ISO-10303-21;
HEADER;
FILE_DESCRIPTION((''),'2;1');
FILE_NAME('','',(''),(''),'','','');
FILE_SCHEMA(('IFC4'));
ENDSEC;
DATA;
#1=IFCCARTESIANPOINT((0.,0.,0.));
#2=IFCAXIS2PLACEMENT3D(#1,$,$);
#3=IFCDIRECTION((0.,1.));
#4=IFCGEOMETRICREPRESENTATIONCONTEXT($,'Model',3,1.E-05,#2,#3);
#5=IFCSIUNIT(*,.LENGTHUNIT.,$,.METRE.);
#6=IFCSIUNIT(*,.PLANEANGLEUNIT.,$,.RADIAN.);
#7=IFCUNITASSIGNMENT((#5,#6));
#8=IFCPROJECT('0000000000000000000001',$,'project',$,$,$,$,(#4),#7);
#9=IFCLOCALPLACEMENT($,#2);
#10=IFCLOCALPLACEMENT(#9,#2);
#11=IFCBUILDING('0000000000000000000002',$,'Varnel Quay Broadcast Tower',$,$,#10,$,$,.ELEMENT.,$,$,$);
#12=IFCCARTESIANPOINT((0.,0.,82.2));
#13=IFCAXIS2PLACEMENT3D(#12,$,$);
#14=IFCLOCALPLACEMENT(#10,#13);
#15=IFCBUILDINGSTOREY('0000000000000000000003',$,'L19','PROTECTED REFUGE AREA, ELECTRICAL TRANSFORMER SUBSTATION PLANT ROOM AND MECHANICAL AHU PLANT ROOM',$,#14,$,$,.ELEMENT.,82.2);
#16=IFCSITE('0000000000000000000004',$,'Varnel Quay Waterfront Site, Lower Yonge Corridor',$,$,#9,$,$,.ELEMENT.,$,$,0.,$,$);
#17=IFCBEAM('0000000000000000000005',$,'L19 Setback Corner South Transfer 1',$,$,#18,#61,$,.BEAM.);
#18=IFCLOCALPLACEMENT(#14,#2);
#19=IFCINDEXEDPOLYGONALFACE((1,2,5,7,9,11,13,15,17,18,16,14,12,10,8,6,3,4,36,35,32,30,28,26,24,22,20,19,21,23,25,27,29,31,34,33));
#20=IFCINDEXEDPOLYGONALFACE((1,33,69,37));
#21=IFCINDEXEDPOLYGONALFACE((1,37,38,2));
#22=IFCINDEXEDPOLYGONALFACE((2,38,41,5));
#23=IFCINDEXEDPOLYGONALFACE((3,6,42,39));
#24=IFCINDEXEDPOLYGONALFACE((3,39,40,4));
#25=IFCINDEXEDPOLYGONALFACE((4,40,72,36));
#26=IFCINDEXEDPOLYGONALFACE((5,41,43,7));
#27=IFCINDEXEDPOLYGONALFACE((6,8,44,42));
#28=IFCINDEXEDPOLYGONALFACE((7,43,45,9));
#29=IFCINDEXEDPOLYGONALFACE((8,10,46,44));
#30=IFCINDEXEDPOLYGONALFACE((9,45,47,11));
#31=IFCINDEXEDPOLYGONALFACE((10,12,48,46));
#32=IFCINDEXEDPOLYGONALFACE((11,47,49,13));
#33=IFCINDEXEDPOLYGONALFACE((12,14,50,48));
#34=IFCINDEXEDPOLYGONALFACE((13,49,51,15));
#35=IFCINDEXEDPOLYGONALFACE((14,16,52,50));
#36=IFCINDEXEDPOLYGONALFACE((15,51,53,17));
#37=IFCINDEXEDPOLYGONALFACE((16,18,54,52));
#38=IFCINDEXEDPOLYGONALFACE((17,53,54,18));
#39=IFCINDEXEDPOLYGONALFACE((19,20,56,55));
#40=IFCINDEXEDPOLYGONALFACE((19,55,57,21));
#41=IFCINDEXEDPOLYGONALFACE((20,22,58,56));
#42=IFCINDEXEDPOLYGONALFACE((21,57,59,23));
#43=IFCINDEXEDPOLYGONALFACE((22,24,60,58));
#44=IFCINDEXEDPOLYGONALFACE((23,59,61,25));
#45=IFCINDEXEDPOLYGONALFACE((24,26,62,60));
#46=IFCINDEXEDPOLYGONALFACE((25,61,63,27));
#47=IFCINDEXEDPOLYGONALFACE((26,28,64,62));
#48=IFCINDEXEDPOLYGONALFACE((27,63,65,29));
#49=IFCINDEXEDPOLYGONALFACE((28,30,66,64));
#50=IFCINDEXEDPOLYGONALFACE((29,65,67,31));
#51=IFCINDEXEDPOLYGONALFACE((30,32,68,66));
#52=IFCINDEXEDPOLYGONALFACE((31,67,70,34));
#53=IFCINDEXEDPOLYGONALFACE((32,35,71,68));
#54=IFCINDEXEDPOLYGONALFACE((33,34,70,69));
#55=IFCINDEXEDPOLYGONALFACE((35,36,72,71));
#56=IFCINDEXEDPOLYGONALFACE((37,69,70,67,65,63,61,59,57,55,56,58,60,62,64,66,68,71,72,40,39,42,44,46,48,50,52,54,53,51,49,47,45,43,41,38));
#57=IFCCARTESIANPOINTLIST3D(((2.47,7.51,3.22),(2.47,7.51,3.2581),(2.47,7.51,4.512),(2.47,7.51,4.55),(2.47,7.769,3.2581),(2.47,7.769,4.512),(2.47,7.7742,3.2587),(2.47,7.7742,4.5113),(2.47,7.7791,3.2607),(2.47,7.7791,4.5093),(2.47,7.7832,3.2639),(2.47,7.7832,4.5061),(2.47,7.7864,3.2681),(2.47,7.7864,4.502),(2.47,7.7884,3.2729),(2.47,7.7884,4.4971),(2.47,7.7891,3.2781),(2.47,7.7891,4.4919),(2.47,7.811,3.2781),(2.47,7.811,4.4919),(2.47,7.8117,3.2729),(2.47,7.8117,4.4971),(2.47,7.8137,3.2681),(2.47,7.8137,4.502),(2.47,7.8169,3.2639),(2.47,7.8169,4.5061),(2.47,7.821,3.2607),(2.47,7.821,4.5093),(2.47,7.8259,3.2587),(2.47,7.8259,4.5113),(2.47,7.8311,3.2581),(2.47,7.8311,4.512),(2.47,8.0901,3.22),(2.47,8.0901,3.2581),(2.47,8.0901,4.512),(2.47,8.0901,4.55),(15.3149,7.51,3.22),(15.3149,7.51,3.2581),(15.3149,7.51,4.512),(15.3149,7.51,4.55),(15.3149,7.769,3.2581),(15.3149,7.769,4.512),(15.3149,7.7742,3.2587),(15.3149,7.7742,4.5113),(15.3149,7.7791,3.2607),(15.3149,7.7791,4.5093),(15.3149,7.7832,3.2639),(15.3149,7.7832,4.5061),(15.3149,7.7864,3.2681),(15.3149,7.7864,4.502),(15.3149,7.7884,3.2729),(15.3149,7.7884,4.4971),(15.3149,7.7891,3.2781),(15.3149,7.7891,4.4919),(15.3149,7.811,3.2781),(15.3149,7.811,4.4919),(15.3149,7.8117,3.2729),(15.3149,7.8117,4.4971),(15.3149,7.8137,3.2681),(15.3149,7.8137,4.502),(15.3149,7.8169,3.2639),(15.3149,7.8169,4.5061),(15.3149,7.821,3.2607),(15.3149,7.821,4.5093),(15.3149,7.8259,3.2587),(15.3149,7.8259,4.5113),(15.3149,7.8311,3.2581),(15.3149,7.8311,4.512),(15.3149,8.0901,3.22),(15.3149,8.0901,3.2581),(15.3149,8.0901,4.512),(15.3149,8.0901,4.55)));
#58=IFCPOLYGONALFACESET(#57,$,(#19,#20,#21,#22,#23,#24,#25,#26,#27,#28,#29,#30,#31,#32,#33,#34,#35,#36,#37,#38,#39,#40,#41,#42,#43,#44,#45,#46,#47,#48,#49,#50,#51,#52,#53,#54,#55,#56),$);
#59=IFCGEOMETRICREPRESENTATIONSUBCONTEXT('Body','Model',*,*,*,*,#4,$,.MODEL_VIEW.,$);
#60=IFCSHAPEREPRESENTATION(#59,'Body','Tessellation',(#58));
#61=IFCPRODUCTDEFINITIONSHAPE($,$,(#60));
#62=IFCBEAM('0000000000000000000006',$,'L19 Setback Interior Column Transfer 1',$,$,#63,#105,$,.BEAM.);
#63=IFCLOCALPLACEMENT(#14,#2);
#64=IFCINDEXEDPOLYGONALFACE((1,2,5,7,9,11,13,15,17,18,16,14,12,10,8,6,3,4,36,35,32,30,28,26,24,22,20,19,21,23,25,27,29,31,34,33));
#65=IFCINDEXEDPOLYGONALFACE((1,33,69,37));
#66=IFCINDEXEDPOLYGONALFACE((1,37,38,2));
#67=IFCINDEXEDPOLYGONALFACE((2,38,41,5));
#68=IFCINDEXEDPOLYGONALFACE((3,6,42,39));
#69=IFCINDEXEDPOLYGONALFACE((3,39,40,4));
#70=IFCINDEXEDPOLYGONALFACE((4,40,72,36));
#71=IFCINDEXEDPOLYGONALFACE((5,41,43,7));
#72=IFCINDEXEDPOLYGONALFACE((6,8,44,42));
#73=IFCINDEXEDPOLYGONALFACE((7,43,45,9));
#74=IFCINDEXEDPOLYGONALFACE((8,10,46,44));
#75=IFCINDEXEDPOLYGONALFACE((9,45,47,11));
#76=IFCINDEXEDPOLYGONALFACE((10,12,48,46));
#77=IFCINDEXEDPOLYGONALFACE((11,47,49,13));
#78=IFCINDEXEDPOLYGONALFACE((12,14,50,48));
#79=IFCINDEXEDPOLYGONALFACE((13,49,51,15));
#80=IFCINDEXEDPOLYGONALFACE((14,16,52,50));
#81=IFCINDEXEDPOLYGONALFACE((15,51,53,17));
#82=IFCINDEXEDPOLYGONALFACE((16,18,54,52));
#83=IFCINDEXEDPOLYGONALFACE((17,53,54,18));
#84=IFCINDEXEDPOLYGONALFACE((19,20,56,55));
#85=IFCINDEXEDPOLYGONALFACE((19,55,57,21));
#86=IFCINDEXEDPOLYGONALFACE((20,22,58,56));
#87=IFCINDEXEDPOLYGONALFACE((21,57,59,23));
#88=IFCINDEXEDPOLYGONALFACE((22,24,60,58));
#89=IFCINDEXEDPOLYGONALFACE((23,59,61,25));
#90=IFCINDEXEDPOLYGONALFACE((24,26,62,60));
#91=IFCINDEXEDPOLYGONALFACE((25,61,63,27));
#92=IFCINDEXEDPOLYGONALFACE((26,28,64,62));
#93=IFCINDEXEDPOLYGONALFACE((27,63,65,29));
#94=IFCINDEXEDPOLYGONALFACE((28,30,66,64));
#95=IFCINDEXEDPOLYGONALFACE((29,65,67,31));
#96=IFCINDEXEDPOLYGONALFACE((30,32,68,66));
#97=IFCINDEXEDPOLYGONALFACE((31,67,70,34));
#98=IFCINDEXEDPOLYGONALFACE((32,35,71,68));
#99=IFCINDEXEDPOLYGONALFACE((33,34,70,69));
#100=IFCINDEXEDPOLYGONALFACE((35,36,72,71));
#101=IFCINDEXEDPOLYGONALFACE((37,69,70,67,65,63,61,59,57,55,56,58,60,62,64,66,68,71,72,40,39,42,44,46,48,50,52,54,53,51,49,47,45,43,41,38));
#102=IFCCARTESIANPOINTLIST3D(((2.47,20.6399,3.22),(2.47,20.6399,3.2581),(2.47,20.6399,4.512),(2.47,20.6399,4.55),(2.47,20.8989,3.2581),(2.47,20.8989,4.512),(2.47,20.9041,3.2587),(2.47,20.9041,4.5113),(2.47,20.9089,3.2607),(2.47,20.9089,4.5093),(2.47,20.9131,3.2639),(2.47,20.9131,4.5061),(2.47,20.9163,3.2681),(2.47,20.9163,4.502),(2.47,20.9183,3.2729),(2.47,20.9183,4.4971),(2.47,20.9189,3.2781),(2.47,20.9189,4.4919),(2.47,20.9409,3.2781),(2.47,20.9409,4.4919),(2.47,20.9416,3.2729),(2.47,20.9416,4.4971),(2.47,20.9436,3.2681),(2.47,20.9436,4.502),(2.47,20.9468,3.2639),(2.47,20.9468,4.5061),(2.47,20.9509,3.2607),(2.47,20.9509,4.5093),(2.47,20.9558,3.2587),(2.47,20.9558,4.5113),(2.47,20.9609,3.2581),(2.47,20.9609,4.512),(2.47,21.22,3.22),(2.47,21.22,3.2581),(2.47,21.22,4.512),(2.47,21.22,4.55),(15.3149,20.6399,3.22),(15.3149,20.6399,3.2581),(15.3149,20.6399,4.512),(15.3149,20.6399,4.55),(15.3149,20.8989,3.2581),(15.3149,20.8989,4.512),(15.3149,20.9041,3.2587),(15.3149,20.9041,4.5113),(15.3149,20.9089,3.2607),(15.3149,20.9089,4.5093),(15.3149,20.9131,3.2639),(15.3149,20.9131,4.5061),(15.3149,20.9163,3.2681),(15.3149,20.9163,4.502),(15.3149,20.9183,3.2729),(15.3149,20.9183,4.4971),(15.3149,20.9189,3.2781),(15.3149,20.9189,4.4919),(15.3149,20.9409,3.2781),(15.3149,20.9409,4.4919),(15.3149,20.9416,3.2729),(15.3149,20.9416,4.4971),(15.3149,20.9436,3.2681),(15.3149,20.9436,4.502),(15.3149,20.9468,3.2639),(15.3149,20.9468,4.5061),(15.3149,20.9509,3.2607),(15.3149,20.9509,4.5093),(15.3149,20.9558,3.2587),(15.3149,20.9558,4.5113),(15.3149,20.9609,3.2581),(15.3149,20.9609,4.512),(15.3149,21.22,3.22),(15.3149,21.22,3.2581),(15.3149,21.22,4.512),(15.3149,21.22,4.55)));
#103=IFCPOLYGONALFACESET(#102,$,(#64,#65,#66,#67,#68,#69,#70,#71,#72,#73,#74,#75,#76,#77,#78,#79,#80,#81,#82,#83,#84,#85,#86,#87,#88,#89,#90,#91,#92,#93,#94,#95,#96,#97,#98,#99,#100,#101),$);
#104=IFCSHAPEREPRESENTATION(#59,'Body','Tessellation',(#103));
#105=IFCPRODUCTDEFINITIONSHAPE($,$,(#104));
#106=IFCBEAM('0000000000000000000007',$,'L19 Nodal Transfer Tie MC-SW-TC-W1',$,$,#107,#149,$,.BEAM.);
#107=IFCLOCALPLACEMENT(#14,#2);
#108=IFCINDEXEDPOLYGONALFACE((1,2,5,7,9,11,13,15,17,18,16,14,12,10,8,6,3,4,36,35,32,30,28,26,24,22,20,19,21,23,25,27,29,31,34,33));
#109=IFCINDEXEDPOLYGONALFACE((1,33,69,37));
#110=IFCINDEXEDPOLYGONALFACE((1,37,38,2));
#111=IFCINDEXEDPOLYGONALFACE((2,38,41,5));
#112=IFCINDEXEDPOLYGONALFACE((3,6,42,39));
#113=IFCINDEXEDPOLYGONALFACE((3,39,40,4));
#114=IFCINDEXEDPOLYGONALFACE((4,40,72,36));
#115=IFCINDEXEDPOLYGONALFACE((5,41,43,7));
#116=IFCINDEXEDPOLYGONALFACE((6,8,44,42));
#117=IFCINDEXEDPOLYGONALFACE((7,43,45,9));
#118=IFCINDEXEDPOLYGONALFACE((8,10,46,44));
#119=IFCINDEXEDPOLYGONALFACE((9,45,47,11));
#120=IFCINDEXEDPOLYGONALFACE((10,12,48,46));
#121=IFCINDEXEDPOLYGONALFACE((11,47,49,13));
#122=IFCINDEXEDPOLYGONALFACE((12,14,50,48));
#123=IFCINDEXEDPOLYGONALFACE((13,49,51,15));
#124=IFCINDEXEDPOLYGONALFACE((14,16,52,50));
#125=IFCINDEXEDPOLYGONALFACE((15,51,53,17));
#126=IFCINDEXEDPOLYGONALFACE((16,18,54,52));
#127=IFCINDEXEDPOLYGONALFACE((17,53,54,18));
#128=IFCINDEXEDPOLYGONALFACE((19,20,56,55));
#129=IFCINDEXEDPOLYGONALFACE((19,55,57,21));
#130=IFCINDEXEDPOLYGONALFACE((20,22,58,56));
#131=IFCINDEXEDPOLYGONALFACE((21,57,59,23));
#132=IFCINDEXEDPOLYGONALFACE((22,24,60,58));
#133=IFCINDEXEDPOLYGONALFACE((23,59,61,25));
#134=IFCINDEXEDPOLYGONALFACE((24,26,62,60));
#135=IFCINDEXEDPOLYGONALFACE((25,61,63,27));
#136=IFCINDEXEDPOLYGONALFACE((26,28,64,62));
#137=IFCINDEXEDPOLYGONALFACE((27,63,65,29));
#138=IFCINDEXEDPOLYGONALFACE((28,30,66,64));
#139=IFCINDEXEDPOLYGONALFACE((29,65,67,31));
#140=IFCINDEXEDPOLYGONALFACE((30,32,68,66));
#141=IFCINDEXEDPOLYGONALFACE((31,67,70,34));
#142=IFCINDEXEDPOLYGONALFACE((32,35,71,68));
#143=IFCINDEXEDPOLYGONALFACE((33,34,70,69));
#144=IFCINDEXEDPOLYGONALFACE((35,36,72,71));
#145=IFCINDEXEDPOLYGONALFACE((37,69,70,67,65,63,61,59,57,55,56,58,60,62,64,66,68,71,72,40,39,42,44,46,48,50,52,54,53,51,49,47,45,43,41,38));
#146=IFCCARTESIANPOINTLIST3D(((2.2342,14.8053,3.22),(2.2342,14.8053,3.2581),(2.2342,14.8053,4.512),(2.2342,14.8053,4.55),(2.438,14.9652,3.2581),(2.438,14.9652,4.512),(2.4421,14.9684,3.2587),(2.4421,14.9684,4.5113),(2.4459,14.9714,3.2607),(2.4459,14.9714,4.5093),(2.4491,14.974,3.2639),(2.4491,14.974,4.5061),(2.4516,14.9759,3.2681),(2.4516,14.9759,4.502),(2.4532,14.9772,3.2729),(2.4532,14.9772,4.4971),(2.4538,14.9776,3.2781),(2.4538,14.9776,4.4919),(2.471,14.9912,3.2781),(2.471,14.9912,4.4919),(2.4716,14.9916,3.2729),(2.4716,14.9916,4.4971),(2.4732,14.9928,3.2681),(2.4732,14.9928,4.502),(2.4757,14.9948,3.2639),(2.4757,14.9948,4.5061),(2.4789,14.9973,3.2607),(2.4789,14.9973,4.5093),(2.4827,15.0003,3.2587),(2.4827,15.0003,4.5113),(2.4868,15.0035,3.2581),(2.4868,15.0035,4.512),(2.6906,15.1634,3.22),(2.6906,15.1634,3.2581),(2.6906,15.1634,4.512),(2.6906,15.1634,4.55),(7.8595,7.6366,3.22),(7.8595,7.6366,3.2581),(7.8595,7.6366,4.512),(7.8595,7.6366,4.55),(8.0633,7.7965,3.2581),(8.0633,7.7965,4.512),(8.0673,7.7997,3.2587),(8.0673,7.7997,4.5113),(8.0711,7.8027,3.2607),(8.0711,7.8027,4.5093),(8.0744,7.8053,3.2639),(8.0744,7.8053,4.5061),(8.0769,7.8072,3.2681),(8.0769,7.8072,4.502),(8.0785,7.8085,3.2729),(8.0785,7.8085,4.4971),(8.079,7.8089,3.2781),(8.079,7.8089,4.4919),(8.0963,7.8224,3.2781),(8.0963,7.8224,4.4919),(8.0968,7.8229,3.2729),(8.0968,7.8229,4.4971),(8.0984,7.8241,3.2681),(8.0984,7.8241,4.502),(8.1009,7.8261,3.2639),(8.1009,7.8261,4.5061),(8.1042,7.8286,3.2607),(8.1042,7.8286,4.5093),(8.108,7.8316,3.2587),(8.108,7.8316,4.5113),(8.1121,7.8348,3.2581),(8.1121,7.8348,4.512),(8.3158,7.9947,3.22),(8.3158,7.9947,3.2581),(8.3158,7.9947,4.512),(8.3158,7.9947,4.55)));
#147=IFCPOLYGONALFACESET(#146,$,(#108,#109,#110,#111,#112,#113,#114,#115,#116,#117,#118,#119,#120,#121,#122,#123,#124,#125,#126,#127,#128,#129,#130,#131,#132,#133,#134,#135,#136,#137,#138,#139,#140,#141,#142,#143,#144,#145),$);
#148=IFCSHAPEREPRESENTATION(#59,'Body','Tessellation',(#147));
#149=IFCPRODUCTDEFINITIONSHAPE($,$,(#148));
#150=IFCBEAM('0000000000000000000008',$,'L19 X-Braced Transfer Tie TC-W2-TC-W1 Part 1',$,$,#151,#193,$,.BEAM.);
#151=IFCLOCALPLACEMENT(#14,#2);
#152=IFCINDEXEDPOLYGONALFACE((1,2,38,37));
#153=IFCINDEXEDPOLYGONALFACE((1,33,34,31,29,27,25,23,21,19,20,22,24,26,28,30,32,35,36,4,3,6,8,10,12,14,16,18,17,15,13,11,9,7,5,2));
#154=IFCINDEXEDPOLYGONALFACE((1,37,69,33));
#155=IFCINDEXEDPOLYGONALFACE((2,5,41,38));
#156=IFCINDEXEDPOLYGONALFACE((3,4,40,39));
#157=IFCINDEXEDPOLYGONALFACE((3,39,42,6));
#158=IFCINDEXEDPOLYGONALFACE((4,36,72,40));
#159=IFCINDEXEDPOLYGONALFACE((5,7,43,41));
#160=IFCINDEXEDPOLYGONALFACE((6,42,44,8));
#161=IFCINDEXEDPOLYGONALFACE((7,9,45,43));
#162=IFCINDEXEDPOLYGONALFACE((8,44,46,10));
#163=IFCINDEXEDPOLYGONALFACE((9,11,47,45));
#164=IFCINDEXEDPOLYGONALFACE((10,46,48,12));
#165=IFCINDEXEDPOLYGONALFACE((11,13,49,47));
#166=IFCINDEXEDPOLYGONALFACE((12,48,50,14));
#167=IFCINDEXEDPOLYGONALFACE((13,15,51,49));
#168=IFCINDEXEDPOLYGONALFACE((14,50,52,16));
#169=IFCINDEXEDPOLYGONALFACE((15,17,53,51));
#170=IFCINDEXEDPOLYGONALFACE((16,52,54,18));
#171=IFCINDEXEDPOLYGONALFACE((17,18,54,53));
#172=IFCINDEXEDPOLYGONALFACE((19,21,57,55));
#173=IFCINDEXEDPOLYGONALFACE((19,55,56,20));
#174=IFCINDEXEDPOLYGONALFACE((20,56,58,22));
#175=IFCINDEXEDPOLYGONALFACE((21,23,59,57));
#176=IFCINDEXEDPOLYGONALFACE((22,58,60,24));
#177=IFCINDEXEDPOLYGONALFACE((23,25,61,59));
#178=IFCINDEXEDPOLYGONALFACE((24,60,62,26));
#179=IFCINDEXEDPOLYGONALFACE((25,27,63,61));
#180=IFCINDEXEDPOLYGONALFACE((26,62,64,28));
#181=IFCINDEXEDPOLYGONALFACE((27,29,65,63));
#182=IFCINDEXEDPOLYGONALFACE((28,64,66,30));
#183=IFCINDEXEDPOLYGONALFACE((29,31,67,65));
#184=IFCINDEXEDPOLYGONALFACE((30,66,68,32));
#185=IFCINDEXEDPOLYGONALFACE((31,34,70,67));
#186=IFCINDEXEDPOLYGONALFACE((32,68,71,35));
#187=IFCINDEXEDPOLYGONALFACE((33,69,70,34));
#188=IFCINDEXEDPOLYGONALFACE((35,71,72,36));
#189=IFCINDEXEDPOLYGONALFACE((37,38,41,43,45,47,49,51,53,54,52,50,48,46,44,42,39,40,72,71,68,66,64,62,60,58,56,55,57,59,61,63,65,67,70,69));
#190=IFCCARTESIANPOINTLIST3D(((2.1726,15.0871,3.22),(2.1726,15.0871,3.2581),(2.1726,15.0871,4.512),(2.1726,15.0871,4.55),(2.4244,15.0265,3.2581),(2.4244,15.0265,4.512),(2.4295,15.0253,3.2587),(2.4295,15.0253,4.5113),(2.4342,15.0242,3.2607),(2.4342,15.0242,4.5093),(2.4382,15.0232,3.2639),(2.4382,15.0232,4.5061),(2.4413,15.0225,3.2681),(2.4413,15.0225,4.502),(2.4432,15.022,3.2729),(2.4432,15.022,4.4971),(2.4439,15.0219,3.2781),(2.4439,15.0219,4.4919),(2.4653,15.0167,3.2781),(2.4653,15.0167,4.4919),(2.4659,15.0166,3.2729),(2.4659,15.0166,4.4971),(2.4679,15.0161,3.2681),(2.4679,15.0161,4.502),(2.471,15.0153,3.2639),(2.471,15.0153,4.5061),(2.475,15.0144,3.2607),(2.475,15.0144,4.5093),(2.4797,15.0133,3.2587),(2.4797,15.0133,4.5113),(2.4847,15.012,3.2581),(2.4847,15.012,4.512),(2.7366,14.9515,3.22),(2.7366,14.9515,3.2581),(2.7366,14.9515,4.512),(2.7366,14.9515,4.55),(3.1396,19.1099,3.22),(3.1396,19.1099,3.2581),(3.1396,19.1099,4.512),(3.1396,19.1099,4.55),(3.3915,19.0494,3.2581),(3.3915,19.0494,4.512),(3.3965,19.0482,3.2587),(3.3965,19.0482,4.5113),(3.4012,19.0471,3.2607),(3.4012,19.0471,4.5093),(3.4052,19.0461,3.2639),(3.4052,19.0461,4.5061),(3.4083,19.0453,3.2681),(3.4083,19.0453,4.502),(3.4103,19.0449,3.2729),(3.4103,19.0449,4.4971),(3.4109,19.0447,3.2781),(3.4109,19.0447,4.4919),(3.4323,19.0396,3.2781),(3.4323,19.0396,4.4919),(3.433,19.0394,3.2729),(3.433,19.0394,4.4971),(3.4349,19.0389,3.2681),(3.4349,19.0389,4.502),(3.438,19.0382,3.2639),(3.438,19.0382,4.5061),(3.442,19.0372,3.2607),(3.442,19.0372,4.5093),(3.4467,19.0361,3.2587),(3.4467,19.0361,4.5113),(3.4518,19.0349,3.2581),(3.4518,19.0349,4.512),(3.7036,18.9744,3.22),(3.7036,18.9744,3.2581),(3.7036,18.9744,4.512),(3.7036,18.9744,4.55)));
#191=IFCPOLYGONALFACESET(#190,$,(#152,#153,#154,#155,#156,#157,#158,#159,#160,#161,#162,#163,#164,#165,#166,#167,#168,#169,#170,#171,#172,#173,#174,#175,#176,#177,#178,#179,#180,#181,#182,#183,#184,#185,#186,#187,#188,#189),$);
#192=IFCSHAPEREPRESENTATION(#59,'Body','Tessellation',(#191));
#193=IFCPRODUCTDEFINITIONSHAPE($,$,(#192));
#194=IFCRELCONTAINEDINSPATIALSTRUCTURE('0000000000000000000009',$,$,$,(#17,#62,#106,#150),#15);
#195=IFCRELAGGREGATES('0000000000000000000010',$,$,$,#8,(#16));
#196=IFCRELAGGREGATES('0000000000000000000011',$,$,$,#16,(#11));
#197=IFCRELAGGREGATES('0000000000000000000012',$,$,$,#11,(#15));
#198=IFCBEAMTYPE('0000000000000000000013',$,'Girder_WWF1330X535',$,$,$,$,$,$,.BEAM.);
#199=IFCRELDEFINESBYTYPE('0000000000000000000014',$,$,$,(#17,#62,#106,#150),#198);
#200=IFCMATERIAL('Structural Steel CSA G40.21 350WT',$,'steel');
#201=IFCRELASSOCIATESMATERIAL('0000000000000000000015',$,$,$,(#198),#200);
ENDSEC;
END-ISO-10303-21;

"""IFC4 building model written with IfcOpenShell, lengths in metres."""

from ifc_helpers import new_model, si_unit, direction, frame, origin, origin_2d, place, context, subcontext, project, spatial, i_section, extrude, source, transform, mapped, material, material_profile, profile_set, type_object, element, save


model = new_model("IFC4")

# Units and contexts
model_context = context("Model", 3, precision=1e-05, world=origin(), true_north=direction((0.0, 1.0)))
body_context = subcontext(model_context, "Body", "Model", "MODEL_VIEW")
ifc_project = project(units=[si_unit("LENGTHUNIT", "METRE"), si_unit("PLANEANGLEUNIT", "RADIAN")], contexts=[model_context])

# Site, building, storey
site_placement = place(None, origin())
site = spatial("IfcSite", under=ifc_project, at=site_placement, Name="Varnel Quay Waterfront Site, Lower Yonge Corridor", CompositionType="ELEMENT", RefElevation=0.0)
building_placement = place(site_placement, origin())
building = spatial("IfcBuilding", under=site, at=building_placement, Name="Varnel Quay Broadcast Tower", CompositionType="ELEMENT")
storey_placement = place(building_placement, frame((0.0, 0.0, 82.2)))
storey = spatial("IfcBuildingStorey", under=building, at=storey_placement, Name="L19", Description="PROTECTED REFUGE AREA, ELECTRICAL TRANSFORMER SUBSTATION PLANT ROOM AND MECHANICAL AHU PLANT ROOM", CompositionType="ELEMENT", Elevation=82.2)

# Beams
ifc_material_1 = material(Name="Structural Steel CSA G40.21 350WT", Category="steel")
ifc_material_profile_1 = material_profile(ifc_material_1, i_section(OverallWidth=0.5801, OverallDepth=1.3301, WebThickness=0.022, FlangeThickness=0.0381, FilletRadius=0.02, at=origin_2d()), Name="WWF1330X535")
ifc_profile_set_1 = profile_set([ifc_material_profile_1], Name="Structural Steel CSA G40.21 350WT")
beam_type_1 = type_object("IfcBeamType", Name="Girder_WWF1330X535", PredefinedType="BEAM", material=ifc_profile_set_1)
shared_shape_1 = source(origin(), body_context, "Body", "SweptSolid", [
    extrude(i_section(OverallWidth=0.5801, OverallDepth=1.3301, WebThickness=0.022, FlangeThickness=0.0381, FilletRadius=0.02, at=origin_2d()), origin(), (0.0, 0.0, 1.0), 12.845),
])
for number, where, z_axis, x_axis, name in (
    (1, (2.47, 7.8, 3.885), (1.0, 0.0, 0.0), (0.0, 1.0, 0.0), "L19 Setback Corner South Transfer 1"),
    (2, (2.47, 20.9299, 3.885), (1.0, 0.0, 0.0), (0.0, 1.0, 0.0), "L19 Setback Interior Column Transfer 1"),
):
    element("IfcBeam", number, at=place(storey_placement, frame(where, z_axis=z_axis, x_axis=x_axis)), inside=storey, type_object=beam_type_1, Name=name, PredefinedType="BEAM", context=body_context, shape_type="MappedRepresentation", body=[
        mapped(shared_shape_1, transform((0.0, 0.0, 0.0), x_axis=(1.0, 0.0, 0.0), y_axis=(0.0, 1.0, 0.0), z_axis=(0.0, 0.0, 1.0), scale=1.0)),
    ])
shared_shape_2 = source(origin(), body_context, "Body", "SweptSolid", [
    extrude(i_section(OverallWidth=0.5801, OverallDepth=1.3301, WebThickness=0.022, FlangeThickness=0.0381, FilletRadius=0.02, at=origin_2d()), origin(), (0.0, 0.0, 1.0), 9.1123),
])
beam_1_placement = place(storey_placement, frame((2.4624, 14.9844, 3.885), z_axis=(0.617326, -0.786708, 0.0), x_axis=(0.786708, 0.617326, 0.0)))
element("IfcBeam", 3, at=beam_1_placement, inside=storey, type_object=beam_type_1, Name="L19 Nodal Transfer Tie MC-SW-TC-W1", PredefinedType="BEAM", context=body_context, shape_type="MappedRepresentation", body=[
    mapped(shared_shape_2, transform((0.0, 0.0, 0.0), x_axis=(1.0, 0.0, 0.0), y_axis=(0.0, 1.0, 0.0), z_axis=(0.0, 0.0, 1.0), scale=1.0)),
])
shared_shape_3 = source(origin(), body_context, "Body", "SweptSolid", [
    extrude(i_section(OverallWidth=0.5801, OverallDepth=1.3301, WebThickness=0.022, FlangeThickness=0.0381, FilletRadius=0.02, at=origin_2d()), origin(), (0.0, 0.0, 1.0), 4.1375),
])
for number, where, z_axis, x_axis, name in (
    (4, (2.4546, 15.0193, 3.885), (0.233723, 0.972303, 0.0), (-0.972303, 0.233723, 0.0), "L19 X-Braced Transfer Tie TC-W2-TC-W1 Part 1"),
):
    element("IfcBeam", number, at=place(storey_placement, frame(where, z_axis=z_axis, x_axis=x_axis)), inside=storey, type_object=beam_type_1, Name=name, PredefinedType="BEAM", context=body_context, shape_type="MappedRepresentation", body=[
        mapped(shared_shape_3, transform((0.0, 0.0, 0.0), x_axis=(1.0, 0.0, 0.0), y_axis=(0.0, 1.0, 0.0), z_axis=(0.0, 0.0, 1.0), scale=1.0)),
    ])

save(model, "model.ifc")
